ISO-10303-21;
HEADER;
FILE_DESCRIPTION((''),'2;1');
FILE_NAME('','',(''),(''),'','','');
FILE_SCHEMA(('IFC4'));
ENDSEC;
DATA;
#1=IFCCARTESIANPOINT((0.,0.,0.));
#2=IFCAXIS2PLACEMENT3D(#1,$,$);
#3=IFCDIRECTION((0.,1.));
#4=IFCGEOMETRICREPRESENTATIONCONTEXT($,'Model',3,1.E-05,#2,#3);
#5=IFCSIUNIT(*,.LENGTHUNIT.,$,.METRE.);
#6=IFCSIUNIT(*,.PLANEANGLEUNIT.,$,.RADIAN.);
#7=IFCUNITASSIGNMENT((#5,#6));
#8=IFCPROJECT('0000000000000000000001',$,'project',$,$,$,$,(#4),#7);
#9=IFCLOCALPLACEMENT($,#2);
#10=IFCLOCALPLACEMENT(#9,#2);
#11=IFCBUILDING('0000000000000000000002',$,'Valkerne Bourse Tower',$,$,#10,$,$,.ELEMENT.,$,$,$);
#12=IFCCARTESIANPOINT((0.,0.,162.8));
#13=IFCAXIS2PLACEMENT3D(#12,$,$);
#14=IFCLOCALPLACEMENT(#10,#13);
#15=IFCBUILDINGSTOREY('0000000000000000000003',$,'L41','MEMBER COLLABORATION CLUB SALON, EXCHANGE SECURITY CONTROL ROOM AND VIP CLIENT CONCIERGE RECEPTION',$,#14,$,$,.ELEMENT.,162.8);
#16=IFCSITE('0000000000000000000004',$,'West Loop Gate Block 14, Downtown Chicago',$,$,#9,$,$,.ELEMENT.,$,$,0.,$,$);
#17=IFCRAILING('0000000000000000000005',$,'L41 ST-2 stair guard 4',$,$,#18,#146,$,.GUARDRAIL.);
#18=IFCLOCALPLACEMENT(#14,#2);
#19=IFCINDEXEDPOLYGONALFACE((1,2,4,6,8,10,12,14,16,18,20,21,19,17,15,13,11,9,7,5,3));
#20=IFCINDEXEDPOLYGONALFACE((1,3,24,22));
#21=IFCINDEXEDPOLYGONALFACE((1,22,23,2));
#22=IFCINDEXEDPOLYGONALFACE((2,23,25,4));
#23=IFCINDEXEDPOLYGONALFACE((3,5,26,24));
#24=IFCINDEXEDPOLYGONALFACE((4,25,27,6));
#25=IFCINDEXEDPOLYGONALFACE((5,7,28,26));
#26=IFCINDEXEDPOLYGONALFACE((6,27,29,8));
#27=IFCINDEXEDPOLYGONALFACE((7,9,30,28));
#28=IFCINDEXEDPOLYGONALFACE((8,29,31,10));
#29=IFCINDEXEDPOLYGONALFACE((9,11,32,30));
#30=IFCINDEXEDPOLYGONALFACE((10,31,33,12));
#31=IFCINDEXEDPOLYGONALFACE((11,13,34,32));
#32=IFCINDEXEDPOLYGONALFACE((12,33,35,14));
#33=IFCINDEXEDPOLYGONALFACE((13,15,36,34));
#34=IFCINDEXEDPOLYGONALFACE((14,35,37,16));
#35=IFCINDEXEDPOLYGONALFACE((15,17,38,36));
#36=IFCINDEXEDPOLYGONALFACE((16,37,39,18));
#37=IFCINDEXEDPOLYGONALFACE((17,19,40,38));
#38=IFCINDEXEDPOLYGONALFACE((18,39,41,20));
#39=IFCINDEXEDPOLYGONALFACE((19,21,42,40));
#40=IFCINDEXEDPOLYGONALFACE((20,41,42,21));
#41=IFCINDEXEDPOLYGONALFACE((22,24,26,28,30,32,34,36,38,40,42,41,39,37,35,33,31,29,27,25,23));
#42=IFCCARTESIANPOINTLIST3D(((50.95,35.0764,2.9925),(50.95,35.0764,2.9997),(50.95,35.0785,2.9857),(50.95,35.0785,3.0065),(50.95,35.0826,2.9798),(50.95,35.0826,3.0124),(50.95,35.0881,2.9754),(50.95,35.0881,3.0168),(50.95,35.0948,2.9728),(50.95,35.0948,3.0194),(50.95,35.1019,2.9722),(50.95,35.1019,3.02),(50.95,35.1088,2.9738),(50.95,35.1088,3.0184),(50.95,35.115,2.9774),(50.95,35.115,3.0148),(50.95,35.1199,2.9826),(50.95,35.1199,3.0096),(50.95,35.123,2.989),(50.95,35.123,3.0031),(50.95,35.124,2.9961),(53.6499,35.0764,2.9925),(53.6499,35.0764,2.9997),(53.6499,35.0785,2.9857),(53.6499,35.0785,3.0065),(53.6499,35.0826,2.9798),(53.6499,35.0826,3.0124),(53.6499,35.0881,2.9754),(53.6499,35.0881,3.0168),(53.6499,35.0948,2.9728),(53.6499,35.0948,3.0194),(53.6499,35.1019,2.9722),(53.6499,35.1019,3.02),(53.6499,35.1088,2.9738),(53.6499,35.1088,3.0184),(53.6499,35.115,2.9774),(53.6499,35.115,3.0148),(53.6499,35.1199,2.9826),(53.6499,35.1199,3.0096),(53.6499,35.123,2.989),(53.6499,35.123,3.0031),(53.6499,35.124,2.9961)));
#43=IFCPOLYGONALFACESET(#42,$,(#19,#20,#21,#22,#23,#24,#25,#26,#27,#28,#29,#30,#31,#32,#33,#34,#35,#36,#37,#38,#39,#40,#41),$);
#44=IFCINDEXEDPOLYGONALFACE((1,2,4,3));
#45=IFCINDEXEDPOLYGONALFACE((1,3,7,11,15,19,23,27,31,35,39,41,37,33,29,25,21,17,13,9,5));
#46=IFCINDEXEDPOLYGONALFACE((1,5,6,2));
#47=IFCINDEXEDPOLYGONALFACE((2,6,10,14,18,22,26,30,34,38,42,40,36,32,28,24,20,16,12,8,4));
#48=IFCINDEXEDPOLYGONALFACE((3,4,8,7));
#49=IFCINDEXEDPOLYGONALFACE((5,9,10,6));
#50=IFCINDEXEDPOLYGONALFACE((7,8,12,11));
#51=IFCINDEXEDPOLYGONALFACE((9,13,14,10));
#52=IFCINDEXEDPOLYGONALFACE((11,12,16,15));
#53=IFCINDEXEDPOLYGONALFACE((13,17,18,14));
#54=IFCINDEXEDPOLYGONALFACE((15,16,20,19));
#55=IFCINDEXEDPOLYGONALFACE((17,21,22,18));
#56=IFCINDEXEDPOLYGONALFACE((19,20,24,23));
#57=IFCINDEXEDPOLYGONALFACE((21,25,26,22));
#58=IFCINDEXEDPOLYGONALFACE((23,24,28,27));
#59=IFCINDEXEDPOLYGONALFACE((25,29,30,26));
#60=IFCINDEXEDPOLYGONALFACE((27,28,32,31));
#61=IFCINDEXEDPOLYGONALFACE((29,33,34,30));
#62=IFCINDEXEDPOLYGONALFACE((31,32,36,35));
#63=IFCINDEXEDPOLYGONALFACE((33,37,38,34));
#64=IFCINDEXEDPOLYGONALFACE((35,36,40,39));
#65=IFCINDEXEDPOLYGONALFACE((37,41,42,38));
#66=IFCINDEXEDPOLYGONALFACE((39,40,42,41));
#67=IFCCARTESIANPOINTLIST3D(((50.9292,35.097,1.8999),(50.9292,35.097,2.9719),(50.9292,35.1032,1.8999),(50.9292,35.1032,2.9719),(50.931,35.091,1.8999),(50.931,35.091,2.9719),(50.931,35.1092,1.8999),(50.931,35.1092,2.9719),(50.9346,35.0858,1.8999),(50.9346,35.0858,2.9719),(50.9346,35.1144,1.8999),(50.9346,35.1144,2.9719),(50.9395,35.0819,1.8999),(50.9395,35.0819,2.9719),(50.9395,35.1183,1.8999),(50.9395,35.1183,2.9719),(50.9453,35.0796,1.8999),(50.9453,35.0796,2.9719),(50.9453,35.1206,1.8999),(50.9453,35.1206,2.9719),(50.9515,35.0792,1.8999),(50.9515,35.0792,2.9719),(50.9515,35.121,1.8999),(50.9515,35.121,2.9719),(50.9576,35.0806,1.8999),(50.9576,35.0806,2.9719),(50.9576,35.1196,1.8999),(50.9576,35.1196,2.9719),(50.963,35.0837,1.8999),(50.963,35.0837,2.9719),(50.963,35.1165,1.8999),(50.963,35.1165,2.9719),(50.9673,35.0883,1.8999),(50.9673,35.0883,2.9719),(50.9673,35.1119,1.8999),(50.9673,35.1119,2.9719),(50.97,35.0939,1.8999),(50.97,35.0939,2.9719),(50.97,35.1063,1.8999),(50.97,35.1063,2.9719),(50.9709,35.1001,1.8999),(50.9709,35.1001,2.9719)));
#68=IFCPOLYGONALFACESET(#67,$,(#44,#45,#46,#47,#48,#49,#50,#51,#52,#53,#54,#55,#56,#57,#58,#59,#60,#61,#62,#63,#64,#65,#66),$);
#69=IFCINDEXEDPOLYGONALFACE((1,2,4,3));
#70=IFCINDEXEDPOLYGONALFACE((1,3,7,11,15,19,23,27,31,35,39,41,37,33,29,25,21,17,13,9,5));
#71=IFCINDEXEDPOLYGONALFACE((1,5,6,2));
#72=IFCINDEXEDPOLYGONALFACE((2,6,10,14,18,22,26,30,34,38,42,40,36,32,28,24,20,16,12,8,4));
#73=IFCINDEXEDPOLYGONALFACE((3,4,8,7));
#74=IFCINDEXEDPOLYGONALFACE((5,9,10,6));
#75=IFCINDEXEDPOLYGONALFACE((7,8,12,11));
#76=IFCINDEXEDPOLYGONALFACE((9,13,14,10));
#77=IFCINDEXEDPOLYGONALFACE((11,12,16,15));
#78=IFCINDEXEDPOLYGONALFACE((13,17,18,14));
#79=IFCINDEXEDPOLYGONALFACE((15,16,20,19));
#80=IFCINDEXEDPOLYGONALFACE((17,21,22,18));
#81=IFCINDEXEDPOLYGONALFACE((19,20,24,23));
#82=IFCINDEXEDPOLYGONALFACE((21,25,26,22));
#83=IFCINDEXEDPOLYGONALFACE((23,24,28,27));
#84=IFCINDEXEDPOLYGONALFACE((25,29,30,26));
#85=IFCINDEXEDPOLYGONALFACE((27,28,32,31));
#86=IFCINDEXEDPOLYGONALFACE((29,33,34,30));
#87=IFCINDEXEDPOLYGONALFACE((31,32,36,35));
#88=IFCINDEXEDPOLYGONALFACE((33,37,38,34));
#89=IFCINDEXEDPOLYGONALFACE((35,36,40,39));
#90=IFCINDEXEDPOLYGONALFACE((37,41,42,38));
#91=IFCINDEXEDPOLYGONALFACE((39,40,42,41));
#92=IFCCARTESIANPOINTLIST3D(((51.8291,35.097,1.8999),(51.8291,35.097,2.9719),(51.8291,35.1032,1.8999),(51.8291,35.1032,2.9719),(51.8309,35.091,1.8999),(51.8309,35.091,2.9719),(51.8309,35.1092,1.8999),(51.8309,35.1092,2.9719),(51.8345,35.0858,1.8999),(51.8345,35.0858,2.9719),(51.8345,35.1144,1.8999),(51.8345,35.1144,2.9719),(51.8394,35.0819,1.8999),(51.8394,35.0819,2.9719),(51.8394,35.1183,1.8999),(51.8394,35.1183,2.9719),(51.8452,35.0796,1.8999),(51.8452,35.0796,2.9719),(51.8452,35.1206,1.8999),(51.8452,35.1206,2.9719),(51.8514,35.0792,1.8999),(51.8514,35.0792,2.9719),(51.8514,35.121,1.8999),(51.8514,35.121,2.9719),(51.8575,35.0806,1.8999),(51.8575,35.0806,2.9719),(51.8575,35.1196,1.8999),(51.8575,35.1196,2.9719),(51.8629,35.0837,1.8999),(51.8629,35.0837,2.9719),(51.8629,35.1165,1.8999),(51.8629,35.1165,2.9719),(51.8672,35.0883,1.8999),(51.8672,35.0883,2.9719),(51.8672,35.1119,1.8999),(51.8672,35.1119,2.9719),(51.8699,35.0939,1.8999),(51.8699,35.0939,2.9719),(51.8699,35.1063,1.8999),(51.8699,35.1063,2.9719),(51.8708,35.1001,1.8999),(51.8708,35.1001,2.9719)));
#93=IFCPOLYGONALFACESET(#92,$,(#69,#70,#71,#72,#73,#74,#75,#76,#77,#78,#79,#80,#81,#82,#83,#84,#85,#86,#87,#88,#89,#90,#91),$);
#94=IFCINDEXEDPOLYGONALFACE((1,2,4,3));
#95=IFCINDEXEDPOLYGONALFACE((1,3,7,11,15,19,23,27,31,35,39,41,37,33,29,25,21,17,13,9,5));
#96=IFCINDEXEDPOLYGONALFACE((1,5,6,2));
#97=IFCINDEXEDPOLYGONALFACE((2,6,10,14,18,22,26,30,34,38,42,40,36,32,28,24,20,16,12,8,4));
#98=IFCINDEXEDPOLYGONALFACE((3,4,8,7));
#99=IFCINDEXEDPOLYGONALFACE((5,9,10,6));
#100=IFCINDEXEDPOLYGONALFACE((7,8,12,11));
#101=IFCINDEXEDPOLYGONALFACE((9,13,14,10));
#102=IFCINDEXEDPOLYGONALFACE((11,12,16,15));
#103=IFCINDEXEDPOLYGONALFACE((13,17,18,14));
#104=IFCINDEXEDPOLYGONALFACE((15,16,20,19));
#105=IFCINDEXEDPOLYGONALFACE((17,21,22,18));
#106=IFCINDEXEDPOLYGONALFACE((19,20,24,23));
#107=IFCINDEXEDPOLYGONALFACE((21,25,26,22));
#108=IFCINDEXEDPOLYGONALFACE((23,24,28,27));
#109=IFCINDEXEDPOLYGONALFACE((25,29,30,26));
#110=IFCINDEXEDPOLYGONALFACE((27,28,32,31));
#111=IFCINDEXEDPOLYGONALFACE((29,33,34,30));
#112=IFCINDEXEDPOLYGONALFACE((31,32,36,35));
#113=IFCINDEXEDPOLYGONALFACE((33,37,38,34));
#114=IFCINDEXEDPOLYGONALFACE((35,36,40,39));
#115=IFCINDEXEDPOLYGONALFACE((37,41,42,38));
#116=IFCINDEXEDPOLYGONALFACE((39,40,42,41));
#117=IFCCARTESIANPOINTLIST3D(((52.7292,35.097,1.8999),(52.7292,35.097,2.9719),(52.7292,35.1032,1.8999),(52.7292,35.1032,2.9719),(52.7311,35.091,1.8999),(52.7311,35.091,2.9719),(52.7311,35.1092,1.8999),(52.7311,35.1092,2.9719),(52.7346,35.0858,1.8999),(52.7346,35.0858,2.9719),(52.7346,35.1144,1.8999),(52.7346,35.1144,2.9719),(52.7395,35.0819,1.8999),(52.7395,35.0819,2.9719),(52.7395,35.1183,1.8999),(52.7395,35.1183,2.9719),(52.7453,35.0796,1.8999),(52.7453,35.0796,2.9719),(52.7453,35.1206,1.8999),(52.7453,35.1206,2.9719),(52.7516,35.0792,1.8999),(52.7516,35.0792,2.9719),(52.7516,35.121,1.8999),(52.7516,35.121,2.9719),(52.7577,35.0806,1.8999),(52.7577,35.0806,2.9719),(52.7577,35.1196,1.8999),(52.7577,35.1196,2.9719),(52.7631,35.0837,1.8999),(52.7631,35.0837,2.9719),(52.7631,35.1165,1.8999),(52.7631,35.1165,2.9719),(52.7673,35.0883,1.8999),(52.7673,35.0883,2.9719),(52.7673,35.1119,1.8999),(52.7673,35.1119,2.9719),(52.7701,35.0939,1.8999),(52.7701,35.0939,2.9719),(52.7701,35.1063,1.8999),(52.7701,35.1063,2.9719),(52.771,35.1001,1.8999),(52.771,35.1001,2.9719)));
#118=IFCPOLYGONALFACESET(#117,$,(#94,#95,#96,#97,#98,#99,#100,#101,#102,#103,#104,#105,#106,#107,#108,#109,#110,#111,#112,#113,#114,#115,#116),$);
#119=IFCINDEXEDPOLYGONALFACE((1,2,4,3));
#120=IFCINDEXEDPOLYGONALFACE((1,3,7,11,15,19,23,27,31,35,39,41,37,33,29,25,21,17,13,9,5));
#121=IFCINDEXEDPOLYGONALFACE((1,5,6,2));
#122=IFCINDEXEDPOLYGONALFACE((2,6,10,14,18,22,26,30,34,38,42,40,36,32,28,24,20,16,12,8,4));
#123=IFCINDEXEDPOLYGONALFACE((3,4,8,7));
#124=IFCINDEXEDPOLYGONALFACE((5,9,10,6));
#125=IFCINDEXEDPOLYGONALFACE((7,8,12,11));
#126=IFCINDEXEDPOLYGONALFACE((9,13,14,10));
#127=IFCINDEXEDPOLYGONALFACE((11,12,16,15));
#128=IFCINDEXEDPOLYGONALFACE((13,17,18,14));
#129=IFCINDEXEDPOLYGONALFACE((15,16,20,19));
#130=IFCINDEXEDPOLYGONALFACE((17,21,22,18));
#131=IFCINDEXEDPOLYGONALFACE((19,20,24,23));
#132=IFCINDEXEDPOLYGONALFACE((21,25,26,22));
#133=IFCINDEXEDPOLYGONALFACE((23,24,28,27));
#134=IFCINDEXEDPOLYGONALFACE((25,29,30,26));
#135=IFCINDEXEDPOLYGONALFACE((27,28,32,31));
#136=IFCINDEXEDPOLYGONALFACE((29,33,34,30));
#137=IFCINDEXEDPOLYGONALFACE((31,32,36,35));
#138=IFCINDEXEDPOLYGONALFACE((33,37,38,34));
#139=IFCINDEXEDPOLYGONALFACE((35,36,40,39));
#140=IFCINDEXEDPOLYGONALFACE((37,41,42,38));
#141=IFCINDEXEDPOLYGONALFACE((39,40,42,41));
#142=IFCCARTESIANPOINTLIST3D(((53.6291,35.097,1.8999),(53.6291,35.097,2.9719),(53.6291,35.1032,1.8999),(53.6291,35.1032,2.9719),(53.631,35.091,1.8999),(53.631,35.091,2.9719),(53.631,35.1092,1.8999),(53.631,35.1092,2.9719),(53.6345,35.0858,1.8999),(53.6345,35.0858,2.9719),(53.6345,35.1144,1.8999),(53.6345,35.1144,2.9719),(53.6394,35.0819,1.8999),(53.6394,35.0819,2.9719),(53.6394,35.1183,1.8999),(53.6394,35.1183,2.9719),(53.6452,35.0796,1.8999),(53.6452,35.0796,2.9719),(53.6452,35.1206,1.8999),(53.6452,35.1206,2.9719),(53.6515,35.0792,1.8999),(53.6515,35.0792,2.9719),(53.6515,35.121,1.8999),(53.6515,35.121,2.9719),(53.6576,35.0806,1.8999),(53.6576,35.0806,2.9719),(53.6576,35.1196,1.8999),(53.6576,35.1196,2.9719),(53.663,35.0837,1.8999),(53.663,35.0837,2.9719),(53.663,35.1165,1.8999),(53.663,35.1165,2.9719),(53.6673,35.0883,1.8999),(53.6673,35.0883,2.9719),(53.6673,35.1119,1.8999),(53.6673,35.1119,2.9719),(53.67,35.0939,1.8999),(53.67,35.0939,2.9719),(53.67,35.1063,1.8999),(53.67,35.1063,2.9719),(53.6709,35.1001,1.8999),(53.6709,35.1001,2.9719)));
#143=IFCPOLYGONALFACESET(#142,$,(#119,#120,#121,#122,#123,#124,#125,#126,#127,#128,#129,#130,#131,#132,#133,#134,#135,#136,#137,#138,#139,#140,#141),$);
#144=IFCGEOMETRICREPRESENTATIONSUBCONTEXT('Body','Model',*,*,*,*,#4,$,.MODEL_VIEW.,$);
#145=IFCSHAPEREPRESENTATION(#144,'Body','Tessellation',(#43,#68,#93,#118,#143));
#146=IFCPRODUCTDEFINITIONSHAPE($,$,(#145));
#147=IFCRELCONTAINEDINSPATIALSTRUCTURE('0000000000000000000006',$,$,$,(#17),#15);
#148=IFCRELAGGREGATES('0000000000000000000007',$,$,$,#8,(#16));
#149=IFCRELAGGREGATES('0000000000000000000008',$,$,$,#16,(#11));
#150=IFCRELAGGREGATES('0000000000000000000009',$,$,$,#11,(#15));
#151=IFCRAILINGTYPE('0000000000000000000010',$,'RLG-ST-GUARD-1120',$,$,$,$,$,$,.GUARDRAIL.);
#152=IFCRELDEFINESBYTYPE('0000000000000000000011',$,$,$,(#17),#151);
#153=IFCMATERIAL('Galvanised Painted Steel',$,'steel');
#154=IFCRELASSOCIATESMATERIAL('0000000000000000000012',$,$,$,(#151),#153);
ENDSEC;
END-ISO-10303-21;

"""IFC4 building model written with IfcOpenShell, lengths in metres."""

from ifc_helpers import new_model, si_unit, direction, frame, origin, origin_2d, place, context, subcontext, project, spatial, circle, extrude, material, type_object, element, save


model = new_model("IFC4")

# Units and contexts
model_context = context("Model", 3, precision=1e-05, world=origin(), true_north=direction((0.0, 1.0)))
body_context = subcontext(model_context, "Body", "Model", "MODEL_VIEW")
ifc_project = project(units=[si_unit("LENGTHUNIT", "METRE"), si_unit("PLANEANGLEUNIT", "RADIAN")], contexts=[model_context])

# Site, building, storey
site_placement = place(None, origin())
site = spatial("IfcSite", under=ifc_project, at=site_placement, Name="West Loop Gate Block 14, Downtown Chicago", CompositionType="ELEMENT", RefElevation=0.0)
building_placement = place(site_placement, origin())
building = spatial("IfcBuilding", under=site, at=building_placement, Name="Valkerne Bourse Tower", CompositionType="ELEMENT")
storey_placement = place(building_placement, frame((0.0, 0.0, 162.8)))
storey = spatial("IfcBuildingStorey", under=building, at=storey_placement, Name="L41", Description="MEMBER COLLABORATION CLUB SALON, EXCHANGE SECURITY CONTROL ROOM AND VIP CLIENT CONCIERGE RECEPTION", CompositionType="ELEMENT", Elevation=162.8)

# Railing
ifc_material_1 = material(Name="Galvanised Painted Steel", Category="steel")
railing_type = type_object("IfcRailingType", Name="RLG-ST-GUARD-1120", PredefinedType="GUARDRAIL", material=ifc_material_1)
railing_1_placement = place(storey_placement, frame((50.95, 35.1001, 1.8999)))
element("IfcRailing", 1, at=railing_1_placement, inside=storey, type_object=railing_type, Name="L41 ST-2 stair guard 4", PredefinedType="GUARDRAIL", context=body_context, shape_type="SweptSolid", body=[
    extrude(circle(Radius=0.0239, at=origin_2d()), frame((0.0, 0.0, 1.0962), z_axis=(1.0, 0.0, 0.0), x_axis=(0.0, 1.0, 0.0)), (0.0, 0.0, 1.0), 2.7),
    extrude(circle(Radius=0.021, at=origin_2d()), origin(), (0.0, 0.0, 1.0), 1.072),
    extrude(circle(Radius=0.021, at=origin_2d()), frame((0.8999, 0.0, 0.0)), (0.0, 0.0, 1.0), 1.072),
    extrude(circle(Radius=0.021, at=origin_2d()), frame((1.8, 0.0, 0.0)), (0.0, 0.0, 1.0), 1.072),
    extrude(circle(Radius=0.021, at=origin_2d()), frame((2.7, 0.0, 0.0)), (0.0, 0.0, 1.0), 1.072),
])

save(model, "model.ifc")
